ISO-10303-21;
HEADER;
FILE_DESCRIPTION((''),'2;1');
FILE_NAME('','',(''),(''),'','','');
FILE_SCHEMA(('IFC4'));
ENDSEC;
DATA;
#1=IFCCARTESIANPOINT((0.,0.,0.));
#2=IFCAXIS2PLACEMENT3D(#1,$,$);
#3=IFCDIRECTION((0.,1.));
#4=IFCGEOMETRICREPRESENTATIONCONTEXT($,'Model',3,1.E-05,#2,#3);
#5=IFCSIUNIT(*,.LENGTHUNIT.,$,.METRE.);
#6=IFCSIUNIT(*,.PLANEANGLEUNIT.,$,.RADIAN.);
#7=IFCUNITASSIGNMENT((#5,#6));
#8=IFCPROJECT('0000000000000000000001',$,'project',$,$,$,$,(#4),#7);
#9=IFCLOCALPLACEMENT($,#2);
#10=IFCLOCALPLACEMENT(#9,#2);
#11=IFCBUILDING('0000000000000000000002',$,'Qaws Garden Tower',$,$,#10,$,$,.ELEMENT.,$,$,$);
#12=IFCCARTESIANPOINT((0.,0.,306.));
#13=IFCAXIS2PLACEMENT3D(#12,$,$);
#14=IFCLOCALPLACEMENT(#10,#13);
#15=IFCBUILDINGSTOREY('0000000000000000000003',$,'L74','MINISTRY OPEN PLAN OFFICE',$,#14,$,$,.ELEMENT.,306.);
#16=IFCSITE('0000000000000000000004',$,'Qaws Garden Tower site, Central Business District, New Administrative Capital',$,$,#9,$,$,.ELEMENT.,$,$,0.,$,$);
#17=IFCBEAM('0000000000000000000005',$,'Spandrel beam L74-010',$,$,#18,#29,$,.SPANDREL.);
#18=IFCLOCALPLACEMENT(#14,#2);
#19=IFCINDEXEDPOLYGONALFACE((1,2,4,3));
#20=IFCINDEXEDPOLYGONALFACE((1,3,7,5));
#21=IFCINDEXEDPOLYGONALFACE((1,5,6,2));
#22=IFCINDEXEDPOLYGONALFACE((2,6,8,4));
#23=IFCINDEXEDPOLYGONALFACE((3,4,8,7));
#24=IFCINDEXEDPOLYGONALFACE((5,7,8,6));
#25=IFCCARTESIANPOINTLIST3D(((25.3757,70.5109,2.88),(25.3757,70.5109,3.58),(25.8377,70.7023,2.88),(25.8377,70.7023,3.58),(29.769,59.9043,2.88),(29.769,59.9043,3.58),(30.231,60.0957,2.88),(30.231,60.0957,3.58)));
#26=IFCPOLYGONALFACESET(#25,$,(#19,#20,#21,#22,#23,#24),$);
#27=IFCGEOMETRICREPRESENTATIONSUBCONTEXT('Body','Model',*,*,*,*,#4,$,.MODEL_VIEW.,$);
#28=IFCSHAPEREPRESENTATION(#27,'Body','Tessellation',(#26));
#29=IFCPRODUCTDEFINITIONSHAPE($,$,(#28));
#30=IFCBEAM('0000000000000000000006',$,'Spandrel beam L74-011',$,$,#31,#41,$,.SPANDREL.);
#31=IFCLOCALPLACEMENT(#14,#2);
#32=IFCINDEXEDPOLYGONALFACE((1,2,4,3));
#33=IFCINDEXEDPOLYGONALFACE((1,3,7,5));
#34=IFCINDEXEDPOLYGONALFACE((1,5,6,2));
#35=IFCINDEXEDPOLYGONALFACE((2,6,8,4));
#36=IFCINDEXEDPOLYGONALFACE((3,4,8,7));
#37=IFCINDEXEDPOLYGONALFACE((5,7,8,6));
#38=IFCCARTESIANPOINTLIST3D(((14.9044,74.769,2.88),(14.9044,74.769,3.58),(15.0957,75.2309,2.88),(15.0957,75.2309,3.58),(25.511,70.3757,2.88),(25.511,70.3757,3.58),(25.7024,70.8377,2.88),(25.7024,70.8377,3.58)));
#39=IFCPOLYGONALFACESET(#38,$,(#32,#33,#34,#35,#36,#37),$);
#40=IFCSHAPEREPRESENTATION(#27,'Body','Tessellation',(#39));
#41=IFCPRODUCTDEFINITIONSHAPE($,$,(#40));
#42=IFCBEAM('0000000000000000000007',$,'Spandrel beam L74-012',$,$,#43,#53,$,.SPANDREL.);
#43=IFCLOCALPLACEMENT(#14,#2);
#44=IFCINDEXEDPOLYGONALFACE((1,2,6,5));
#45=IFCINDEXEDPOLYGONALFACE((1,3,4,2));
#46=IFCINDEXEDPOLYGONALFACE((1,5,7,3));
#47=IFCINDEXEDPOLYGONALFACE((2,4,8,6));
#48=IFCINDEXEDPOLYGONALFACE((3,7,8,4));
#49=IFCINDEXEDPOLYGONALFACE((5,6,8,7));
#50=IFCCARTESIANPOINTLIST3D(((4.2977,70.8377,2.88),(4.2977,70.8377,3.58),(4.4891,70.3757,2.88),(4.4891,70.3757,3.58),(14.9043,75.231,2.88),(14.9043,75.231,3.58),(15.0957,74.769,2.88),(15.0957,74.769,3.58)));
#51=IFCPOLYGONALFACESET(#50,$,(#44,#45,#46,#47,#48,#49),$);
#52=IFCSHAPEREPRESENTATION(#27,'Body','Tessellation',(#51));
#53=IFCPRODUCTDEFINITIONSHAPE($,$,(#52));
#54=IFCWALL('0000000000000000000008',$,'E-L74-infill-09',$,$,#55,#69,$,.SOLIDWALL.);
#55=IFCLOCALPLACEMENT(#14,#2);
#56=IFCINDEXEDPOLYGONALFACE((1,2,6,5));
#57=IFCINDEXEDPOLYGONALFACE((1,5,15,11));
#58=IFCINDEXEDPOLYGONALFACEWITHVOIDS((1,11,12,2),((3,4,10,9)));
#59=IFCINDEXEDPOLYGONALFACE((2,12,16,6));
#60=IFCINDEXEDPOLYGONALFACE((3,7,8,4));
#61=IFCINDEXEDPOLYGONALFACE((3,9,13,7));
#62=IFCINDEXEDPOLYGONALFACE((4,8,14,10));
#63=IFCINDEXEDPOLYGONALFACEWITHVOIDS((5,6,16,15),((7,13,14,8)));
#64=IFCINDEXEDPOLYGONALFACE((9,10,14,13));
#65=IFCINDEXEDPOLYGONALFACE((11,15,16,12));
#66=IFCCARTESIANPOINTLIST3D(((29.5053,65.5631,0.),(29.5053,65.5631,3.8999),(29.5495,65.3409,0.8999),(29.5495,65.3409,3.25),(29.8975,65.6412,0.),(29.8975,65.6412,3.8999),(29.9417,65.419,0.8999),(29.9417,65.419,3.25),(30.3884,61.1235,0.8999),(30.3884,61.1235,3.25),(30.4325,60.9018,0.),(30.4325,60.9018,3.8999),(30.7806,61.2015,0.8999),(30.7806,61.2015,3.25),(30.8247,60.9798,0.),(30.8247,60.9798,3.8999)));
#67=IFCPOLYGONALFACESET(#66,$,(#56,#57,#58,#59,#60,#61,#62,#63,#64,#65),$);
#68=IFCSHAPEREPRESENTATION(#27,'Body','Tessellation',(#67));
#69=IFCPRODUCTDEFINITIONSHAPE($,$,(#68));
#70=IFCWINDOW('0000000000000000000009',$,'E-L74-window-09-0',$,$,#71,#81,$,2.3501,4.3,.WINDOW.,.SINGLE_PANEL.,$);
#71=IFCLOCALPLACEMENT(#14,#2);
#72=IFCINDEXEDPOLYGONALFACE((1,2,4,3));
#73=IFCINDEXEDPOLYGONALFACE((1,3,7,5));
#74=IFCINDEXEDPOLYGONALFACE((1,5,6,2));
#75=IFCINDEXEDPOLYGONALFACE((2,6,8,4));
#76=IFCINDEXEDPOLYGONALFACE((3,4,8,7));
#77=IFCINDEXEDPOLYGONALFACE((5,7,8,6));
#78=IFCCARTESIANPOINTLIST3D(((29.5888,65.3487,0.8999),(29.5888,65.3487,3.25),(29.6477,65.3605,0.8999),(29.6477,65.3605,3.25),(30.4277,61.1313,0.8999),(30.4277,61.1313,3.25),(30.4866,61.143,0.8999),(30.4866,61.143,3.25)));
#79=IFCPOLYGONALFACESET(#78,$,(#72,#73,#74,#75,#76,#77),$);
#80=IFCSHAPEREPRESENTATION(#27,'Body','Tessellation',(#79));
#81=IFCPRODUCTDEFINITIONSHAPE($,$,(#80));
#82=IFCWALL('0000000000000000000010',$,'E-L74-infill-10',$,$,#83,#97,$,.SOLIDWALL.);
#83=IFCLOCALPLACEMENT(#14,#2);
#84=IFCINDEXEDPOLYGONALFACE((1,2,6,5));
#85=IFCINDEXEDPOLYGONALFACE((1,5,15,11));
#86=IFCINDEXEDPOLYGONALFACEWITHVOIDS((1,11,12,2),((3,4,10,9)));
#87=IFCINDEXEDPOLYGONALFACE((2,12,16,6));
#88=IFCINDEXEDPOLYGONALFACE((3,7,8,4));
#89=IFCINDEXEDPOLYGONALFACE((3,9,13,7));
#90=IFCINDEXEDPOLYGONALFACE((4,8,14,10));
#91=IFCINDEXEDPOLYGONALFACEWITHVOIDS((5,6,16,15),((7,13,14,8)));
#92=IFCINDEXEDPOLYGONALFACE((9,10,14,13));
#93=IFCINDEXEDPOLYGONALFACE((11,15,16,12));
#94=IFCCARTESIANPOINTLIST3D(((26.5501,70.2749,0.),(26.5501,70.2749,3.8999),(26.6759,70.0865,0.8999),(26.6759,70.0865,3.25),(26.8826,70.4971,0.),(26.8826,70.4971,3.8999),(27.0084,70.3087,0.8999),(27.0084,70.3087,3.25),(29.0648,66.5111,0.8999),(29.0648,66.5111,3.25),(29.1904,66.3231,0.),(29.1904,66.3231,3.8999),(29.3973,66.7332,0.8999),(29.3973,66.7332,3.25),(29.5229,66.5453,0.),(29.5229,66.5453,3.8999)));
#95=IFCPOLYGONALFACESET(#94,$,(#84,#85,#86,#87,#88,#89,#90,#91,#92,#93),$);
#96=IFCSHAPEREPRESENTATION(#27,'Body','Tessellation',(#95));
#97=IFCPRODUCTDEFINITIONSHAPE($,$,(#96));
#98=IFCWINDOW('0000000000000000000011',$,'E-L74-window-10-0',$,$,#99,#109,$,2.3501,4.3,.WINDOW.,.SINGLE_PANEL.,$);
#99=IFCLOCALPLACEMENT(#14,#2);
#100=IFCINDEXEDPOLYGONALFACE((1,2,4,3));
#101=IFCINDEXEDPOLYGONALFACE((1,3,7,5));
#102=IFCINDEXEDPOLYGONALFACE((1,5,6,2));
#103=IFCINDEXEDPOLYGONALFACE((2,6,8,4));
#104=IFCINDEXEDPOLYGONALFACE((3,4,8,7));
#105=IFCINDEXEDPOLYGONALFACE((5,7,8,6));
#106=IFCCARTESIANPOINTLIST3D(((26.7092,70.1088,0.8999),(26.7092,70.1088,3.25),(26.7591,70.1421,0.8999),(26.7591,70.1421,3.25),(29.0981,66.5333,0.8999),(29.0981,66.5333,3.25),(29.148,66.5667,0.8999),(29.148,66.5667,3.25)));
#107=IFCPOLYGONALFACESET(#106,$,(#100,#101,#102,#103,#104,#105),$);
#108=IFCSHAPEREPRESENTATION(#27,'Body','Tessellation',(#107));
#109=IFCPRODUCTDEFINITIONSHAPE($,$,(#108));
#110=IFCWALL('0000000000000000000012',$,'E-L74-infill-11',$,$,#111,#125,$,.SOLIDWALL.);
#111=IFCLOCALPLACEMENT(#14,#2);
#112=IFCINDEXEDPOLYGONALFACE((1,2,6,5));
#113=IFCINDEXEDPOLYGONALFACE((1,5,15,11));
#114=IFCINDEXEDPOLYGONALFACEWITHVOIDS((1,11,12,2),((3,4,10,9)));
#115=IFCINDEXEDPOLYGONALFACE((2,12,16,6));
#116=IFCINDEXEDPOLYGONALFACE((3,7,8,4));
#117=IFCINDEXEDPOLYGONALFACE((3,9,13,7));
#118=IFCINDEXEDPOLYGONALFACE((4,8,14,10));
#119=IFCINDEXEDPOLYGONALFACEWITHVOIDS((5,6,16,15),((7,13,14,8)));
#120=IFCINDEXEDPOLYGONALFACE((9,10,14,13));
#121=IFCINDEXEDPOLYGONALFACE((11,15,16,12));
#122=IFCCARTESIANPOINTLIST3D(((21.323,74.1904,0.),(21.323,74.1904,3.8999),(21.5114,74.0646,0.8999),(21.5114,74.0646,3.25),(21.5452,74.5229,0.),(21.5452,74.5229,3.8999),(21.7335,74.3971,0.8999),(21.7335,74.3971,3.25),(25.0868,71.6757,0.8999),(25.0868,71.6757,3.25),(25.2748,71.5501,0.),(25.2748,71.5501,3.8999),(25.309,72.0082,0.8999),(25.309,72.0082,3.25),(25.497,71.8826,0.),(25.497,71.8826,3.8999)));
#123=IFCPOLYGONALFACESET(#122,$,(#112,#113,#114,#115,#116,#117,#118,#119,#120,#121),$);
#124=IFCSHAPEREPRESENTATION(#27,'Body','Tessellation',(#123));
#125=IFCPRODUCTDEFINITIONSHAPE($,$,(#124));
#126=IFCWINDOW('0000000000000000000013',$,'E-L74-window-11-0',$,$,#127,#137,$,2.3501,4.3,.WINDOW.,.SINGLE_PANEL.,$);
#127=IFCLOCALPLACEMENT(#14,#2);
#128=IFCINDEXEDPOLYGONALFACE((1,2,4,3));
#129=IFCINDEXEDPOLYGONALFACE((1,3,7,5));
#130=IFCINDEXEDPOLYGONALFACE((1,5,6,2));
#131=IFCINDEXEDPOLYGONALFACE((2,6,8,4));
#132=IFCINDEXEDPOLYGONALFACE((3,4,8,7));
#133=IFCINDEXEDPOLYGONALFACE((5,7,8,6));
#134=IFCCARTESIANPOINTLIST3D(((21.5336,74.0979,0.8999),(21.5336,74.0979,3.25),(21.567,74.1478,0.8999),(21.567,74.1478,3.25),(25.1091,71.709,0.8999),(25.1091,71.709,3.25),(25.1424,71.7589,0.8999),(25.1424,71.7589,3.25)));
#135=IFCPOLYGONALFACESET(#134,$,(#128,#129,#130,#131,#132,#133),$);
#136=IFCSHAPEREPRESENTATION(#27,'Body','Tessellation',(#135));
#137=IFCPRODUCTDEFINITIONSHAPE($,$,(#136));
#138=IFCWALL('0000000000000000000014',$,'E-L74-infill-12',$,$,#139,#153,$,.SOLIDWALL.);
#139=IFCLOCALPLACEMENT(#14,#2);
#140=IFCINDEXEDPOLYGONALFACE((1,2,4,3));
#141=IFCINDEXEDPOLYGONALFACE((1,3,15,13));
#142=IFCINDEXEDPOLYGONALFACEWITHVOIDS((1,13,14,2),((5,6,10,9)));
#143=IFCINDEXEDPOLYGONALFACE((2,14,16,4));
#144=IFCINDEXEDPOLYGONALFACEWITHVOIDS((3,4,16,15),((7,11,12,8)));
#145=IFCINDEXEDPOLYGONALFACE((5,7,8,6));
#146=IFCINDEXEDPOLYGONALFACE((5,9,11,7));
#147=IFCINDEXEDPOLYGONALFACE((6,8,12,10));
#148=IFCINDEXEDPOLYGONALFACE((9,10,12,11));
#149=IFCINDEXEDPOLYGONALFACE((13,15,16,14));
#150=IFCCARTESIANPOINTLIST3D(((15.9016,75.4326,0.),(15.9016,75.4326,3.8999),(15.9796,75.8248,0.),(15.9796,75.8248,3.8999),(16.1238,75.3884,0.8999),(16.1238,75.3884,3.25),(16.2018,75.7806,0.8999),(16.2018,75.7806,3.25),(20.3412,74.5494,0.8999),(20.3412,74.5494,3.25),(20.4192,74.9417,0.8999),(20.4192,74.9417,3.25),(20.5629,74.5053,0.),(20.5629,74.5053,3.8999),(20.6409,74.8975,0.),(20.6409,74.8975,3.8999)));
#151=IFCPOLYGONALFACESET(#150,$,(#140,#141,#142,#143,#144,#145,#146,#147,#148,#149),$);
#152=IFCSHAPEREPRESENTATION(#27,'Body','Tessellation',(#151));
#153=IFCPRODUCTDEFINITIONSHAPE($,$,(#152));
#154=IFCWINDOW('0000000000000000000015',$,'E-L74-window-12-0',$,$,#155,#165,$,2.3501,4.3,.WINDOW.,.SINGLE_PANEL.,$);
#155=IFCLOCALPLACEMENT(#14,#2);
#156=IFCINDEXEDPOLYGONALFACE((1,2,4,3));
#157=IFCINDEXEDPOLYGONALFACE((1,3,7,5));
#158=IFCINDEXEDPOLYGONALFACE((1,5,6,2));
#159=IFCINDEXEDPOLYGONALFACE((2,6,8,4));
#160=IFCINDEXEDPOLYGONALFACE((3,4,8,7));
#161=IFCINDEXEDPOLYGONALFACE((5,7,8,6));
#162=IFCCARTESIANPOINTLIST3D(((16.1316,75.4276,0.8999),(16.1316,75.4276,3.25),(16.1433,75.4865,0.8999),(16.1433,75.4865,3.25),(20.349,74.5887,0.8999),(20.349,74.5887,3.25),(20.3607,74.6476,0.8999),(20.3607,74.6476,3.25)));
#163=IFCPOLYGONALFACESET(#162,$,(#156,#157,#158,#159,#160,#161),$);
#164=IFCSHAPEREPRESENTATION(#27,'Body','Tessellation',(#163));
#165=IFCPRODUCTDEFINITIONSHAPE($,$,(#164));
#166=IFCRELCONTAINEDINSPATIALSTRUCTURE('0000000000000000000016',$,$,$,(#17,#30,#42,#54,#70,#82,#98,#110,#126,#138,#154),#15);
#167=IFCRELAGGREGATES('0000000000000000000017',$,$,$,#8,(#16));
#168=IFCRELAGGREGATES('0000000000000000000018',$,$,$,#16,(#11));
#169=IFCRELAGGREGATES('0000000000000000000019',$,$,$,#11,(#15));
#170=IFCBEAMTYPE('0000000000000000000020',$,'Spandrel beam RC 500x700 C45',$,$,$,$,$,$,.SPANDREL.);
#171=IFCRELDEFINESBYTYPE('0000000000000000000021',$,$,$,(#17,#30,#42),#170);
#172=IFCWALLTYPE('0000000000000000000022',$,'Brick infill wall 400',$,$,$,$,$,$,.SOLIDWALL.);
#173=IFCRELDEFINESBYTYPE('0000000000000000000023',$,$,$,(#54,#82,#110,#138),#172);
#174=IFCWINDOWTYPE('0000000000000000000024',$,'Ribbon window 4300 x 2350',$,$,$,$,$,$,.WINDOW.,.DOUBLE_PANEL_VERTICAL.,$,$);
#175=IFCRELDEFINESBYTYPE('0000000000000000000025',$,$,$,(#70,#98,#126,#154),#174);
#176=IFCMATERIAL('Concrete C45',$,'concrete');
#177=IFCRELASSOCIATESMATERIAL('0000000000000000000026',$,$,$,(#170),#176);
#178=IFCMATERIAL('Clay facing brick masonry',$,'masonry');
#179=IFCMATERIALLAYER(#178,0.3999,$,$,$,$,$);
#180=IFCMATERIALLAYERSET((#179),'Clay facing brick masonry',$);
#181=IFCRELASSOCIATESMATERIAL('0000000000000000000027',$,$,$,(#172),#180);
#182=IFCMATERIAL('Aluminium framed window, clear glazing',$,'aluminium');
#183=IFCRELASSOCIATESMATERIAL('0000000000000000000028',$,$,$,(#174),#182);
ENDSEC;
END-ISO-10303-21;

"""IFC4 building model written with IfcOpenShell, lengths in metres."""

from ifc_helpers import new_model, si_unit, direction, frame, frame_2d, origin, origin_2d, place, context, subcontext, project, spatial, rectangle, extrude, material, layer, layer_set, material_profile, profile_set, type_object, element, fill, save


model = new_model("IFC4")

# Units and contexts
model_context = context("Model", 3, precision=1e-05, world=origin(), true_north=direction((0.0, 1.0)))
body_context = subcontext(model_context, "Body", "Model", "MODEL_VIEW")
ifc_project = project(units=[si_unit("LENGTHUNIT", "METRE"), si_unit("PLANEANGLEUNIT", "RADIAN")], contexts=[model_context])

# Site, building, storey
site_placement = place(None, origin())
site = spatial("IfcSite", under=ifc_project, at=site_placement, Name="Qaws Garden Tower site, Central Business District, New Administrative Capital", CompositionType="ELEMENT", RefElevation=0.0)
building_placement = place(site_placement, origin())
building = spatial("IfcBuilding", under=site, at=building_placement, Name="Qaws Garden Tower", CompositionType="ELEMENT")
storey_placement = place(building_placement, frame((0.0, 0.0, 306.0)))
storey = spatial("IfcBuildingStorey", under=building, at=storey_placement, Name="L74", Description="MINISTRY OPEN PLAN OFFICE", CompositionType="ELEMENT", Elevation=306.0)

# Beams
ifc_material_1 = material(Name="Concrete C45", Category="concrete")
ifc_material_profile_1 = material_profile(ifc_material_1, rectangle(XDim=0.5, YDim=0.7, at=origin_2d()), Name="RC 500x700")
ifc_profile_set_1 = profile_set([ifc_material_profile_1], Name="Concrete C45")
beam_type = type_object("IfcBeamType", Name="Spandrel beam RC 500x700 C45", PredefinedType="SPANDREL", material=ifc_profile_set_1)
for number, where, z_axis, x_axis, name in (
    (1, (30.0, 60.0, 3.23), (-0.382674, 0.923883, 0.0), (-0.923883, -0.382674, 0.0), "Spandrel beam L74-010"),
    (2, (25.6067, 70.6067, 3.23), (-0.923883, 0.382674, 0.0), (-0.382674, -0.923883, 0.0), "Spandrel beam L74-011"),
    (3, (15.0, 75.0, 3.23), (-0.923883, -0.382674, 0.0), (0.382674, -0.923883, 0.0), "Spandrel beam L74-012"),
):
    element("IfcBeam", number, at=place(storey_placement, frame(where, z_axis=z_axis, x_axis=x_axis)), inside=storey, type_object=beam_type, Name=name, PredefinedType="SPANDREL", context=body_context, shape_type="SweptSolid", body=[
        extrude(rectangle(XDim=0.5, YDim=0.7, at=origin_2d()), origin(), (0.0, 0.0, 1.0), 11.4805),
    ])

# Walls, openings, windows
ifc_material_2 = material(Name="Clay facing brick masonry", Category="masonry")
ifc_layer_1 = layer(ifc_material_2, 0.3999)
ifc_layer_set_1 = layer_set([ifc_layer_1], Name="Clay facing brick masonry")
wall_type_1 = type_object("IfcWallType", Name="Brick infill wall 400", PredefinedType="SOLIDWALL", material=ifc_layer_set_1)
wall_1_placement = place(storey_placement, frame((30.6287, 60.9407, 0.0), z_axis=(0.0, 0.0, 1.0), x_axis=(-0.195099, 0.980784, 0.0)))
wall_1 = element("IfcWall", 4, at=wall_1_placement, inside=storey, type_object=wall_type_1, Name="E-L74-infill-09", PredefinedType="SOLIDWALL", context=body_context, shape_type="SweptSolid", body=[
    extrude(rectangle(XDim=4.7527, YDim=0.3999, at=frame_2d((2.3765, 0.0))), origin(), (0.0, 0.0, 1.0), 3.8999),
])
opening_1_placement = place(wall_1_placement, frame((0.2263, 0.0, 0.8999)))
opening_1 = element("IfcOpeningElement", 5, at=opening_1_placement, cuts=wall_1, PredefinedType="OPENING", context=body_context, shape_type="SweptSolid", body=[
    extrude(rectangle(XDim=4.3, YDim=2.3501, at=frame_2d((2.1499, 1.175))), frame((0.0, 0.21, 0.0), z_axis=(0.0, -1.0, 0.0), x_axis=(1.0, 0.0, 0.0)), (0.0, 0.0, 1.0), 0.4199),
])
ifc_material_3 = material(Name="Aluminium framed window, clear glazing", Category="aluminium")
window_type = type_object("IfcWindowType", Name="Ribbon window 4300 x 2350", PartitioningType="DOUBLE_PANEL_VERTICAL", PredefinedType="WINDOW", material=ifc_material_3)
window_1_placement = place(opening_1_placement, origin())
window_1 = element("IfcWindow", 6, at=window_1_placement, inside=storey, type_object=window_type, Name="E-L74-window-09-0", OverallHeight=2.3501, OverallWidth=4.3, PartitioningType="SINGLE_PANEL", PredefinedType="WINDOW", context=body_context, shape_type="SweptSolid", body=[
    extrude(rectangle(XDim=4.3, YDim=2.3501, at=frame_2d((2.1499, 1.175))), frame((0.0, 0.1599, 0.0), z_axis=(0.0, -1.0, 0.0), x_axis=(1.0, 0.0, 0.0)), (0.0, 0.0, 1.0), 0.0601),
])
fill(opening_1, window_1)
wall_2_placement = place(storey_placement, frame((29.3567, 66.4341, 0.0), z_axis=(0.0, 0.0, 1.0), x_axis=(-0.555542, 0.831489, 0.0)))
wall_2 = element("IfcWall", 7, at=wall_2_placement, inside=storey, type_object=wall_type_1, Name="E-L74-infill-10", PredefinedType="SOLIDWALL", context=body_context, shape_type="SweptSolid", body=[
    extrude(rectangle(XDim=4.7527, YDim=0.3999, at=frame_2d((2.3765, 0.0))), origin(), (0.0, 0.0, 1.0), 3.8999),
])
opening_2_placement = place(wall_2_placement, frame((0.2263, 0.0, 0.8999)))
opening_2 = element("IfcOpeningElement", 8, at=opening_2_placement, cuts=wall_2, PredefinedType="OPENING", context=body_context, shape_type="SweptSolid", body=[
    extrude(rectangle(XDim=4.3, YDim=2.3501, at=frame_2d((2.1499, 1.175))), frame((0.0, 0.21, 0.0), z_axis=(0.0, -1.0, 0.0), x_axis=(1.0, 0.0, 0.0)), (0.0, 0.0, 1.0), 0.4199),
])
window_2_placement = place(opening_2_placement, origin())
window_2 = element("IfcWindow", 9, at=window_2_placement, inside=storey, type_object=window_type, Name="E-L74-window-10-0", OverallHeight=2.3501, OverallWidth=4.3, PartitioningType="SINGLE_PANEL", PredefinedType="WINDOW", context=body_context, shape_type="SweptSolid", body=[
    extrude(rectangle(XDim=4.3, YDim=2.3501, at=frame_2d((2.1499, 1.175))), frame((0.0, 0.1599, 0.0), z_axis=(0.0, -1.0, 0.0), x_axis=(1.0, 0.0, 0.0)), (0.0, 0.0, 1.0), 0.0601),
])
fill(opening_2, window_2)
wall_3_placement = place(storey_placement, frame((25.386, 71.7163, 0.0), z_axis=(0.0, 0.0, 1.0), x_axis=(-0.831489, 0.555542, 0.0)))
wall_3 = element("IfcWall", 10, at=wall_3_placement, inside=storey, type_object=wall_type_1, Name="E-L74-infill-11", PredefinedType="SOLIDWALL", context=body_context, shape_type="SweptSolid", body=[
    extrude(rectangle(XDim=4.7527, YDim=0.3999, at=frame_2d((2.3765, 0.0))), origin(), (0.0, 0.0, 1.0), 3.8999),
])
opening_3_placement = place(wall_3_placement, frame((0.2263, 0.0, 0.8999)))
opening_3 = element("IfcOpeningElement", 11, at=opening_3_placement, cuts=wall_3, PredefinedType="OPENING", context=body_context, shape_type="SweptSolid", body=[
    extrude(rectangle(XDim=4.3, YDim=2.3501, at=frame_2d((2.1499, 1.175))), frame((0.0, 0.21, 0.0), z_axis=(0.0, -1.0, 0.0), x_axis=(1.0, 0.0, 0.0)), (0.0, 0.0, 1.0), 0.4199),
])
window_3_placement = place(opening_3_placement, origin())
window_3 = element("IfcWindow", 12, at=window_3_placement, inside=storey, type_object=window_type, Name="E-L74-window-11-0", OverallHeight=2.3501, OverallWidth=4.3, PartitioningType="SINGLE_PANEL", PredefinedType="WINDOW", context=body_context, shape_type="SweptSolid", body=[
    extrude(rectangle(XDim=4.3, YDim=2.3501, at=frame_2d((2.1499, 1.175))), frame((0.0, 0.1599, 0.0), z_axis=(0.0, -1.0, 0.0), x_axis=(1.0, 0.0, 0.0)), (0.0, 0.0, 1.0), 0.0601),
])
fill(opening_3, window_3)
wall_4_placement = place(storey_placement, frame((20.6021, 74.7014, 0.0), z_axis=(0.0, 0.0, 1.0), x_axis=(-0.980784, 0.195099, 0.0)))
wall_4 = element("IfcWall", 13, at=wall_4_placement, inside=storey, type_object=wall_type_1, Name="E-L74-infill-12", PredefinedType="SOLIDWALL", context=body_context, shape_type="SweptSolid", body=[
    extrude(rectangle(XDim=4.7527, YDim=0.3999, at=frame_2d((2.3765, 0.0))), origin(), (0.0, 0.0, 1.0), 3.8999),
])
opening_4_placement = place(wall_4_placement, frame((0.2263, 0.0, 0.8999)))
opening_4 = element("IfcOpeningElement", 14, at=opening_4_placement, cuts=wall_4, PredefinedType="OPENING", context=body_context, shape_type="SweptSolid", body=[
    extrude(rectangle(XDim=4.3, YDim=2.3501, at=frame_2d((2.1499, 1.175))), frame((0.0, 0.21, 0.0), z_axis=(0.0, -1.0, 0.0), x_axis=(1.0, 0.0, 0.0)), (0.0, 0.0, 1.0), 0.4199),
])
window_4_placement = place(opening_4_placement, origin())
window_4 = element("IfcWindow", 15, at=window_4_placement, inside=storey, type_object=window_type, Name="E-L74-window-12-0", OverallHeight=2.3501, OverallWidth=4.3, PartitioningType="SINGLE_PANEL", PredefinedType="WINDOW", context=body_context, shape_type="SweptSolid", body=[
    extrude(rectangle(XDim=4.3, YDim=2.3501, at=frame_2d((2.1499, 1.175))), frame((0.0, 0.1599, 0.0), z_axis=(0.0, -1.0, 0.0), x_axis=(1.0, 0.0, 0.0)), (0.0, 0.0, 1.0), 0.0601),
])
fill(opening_4, window_4)

save(model, "model.ifc")
